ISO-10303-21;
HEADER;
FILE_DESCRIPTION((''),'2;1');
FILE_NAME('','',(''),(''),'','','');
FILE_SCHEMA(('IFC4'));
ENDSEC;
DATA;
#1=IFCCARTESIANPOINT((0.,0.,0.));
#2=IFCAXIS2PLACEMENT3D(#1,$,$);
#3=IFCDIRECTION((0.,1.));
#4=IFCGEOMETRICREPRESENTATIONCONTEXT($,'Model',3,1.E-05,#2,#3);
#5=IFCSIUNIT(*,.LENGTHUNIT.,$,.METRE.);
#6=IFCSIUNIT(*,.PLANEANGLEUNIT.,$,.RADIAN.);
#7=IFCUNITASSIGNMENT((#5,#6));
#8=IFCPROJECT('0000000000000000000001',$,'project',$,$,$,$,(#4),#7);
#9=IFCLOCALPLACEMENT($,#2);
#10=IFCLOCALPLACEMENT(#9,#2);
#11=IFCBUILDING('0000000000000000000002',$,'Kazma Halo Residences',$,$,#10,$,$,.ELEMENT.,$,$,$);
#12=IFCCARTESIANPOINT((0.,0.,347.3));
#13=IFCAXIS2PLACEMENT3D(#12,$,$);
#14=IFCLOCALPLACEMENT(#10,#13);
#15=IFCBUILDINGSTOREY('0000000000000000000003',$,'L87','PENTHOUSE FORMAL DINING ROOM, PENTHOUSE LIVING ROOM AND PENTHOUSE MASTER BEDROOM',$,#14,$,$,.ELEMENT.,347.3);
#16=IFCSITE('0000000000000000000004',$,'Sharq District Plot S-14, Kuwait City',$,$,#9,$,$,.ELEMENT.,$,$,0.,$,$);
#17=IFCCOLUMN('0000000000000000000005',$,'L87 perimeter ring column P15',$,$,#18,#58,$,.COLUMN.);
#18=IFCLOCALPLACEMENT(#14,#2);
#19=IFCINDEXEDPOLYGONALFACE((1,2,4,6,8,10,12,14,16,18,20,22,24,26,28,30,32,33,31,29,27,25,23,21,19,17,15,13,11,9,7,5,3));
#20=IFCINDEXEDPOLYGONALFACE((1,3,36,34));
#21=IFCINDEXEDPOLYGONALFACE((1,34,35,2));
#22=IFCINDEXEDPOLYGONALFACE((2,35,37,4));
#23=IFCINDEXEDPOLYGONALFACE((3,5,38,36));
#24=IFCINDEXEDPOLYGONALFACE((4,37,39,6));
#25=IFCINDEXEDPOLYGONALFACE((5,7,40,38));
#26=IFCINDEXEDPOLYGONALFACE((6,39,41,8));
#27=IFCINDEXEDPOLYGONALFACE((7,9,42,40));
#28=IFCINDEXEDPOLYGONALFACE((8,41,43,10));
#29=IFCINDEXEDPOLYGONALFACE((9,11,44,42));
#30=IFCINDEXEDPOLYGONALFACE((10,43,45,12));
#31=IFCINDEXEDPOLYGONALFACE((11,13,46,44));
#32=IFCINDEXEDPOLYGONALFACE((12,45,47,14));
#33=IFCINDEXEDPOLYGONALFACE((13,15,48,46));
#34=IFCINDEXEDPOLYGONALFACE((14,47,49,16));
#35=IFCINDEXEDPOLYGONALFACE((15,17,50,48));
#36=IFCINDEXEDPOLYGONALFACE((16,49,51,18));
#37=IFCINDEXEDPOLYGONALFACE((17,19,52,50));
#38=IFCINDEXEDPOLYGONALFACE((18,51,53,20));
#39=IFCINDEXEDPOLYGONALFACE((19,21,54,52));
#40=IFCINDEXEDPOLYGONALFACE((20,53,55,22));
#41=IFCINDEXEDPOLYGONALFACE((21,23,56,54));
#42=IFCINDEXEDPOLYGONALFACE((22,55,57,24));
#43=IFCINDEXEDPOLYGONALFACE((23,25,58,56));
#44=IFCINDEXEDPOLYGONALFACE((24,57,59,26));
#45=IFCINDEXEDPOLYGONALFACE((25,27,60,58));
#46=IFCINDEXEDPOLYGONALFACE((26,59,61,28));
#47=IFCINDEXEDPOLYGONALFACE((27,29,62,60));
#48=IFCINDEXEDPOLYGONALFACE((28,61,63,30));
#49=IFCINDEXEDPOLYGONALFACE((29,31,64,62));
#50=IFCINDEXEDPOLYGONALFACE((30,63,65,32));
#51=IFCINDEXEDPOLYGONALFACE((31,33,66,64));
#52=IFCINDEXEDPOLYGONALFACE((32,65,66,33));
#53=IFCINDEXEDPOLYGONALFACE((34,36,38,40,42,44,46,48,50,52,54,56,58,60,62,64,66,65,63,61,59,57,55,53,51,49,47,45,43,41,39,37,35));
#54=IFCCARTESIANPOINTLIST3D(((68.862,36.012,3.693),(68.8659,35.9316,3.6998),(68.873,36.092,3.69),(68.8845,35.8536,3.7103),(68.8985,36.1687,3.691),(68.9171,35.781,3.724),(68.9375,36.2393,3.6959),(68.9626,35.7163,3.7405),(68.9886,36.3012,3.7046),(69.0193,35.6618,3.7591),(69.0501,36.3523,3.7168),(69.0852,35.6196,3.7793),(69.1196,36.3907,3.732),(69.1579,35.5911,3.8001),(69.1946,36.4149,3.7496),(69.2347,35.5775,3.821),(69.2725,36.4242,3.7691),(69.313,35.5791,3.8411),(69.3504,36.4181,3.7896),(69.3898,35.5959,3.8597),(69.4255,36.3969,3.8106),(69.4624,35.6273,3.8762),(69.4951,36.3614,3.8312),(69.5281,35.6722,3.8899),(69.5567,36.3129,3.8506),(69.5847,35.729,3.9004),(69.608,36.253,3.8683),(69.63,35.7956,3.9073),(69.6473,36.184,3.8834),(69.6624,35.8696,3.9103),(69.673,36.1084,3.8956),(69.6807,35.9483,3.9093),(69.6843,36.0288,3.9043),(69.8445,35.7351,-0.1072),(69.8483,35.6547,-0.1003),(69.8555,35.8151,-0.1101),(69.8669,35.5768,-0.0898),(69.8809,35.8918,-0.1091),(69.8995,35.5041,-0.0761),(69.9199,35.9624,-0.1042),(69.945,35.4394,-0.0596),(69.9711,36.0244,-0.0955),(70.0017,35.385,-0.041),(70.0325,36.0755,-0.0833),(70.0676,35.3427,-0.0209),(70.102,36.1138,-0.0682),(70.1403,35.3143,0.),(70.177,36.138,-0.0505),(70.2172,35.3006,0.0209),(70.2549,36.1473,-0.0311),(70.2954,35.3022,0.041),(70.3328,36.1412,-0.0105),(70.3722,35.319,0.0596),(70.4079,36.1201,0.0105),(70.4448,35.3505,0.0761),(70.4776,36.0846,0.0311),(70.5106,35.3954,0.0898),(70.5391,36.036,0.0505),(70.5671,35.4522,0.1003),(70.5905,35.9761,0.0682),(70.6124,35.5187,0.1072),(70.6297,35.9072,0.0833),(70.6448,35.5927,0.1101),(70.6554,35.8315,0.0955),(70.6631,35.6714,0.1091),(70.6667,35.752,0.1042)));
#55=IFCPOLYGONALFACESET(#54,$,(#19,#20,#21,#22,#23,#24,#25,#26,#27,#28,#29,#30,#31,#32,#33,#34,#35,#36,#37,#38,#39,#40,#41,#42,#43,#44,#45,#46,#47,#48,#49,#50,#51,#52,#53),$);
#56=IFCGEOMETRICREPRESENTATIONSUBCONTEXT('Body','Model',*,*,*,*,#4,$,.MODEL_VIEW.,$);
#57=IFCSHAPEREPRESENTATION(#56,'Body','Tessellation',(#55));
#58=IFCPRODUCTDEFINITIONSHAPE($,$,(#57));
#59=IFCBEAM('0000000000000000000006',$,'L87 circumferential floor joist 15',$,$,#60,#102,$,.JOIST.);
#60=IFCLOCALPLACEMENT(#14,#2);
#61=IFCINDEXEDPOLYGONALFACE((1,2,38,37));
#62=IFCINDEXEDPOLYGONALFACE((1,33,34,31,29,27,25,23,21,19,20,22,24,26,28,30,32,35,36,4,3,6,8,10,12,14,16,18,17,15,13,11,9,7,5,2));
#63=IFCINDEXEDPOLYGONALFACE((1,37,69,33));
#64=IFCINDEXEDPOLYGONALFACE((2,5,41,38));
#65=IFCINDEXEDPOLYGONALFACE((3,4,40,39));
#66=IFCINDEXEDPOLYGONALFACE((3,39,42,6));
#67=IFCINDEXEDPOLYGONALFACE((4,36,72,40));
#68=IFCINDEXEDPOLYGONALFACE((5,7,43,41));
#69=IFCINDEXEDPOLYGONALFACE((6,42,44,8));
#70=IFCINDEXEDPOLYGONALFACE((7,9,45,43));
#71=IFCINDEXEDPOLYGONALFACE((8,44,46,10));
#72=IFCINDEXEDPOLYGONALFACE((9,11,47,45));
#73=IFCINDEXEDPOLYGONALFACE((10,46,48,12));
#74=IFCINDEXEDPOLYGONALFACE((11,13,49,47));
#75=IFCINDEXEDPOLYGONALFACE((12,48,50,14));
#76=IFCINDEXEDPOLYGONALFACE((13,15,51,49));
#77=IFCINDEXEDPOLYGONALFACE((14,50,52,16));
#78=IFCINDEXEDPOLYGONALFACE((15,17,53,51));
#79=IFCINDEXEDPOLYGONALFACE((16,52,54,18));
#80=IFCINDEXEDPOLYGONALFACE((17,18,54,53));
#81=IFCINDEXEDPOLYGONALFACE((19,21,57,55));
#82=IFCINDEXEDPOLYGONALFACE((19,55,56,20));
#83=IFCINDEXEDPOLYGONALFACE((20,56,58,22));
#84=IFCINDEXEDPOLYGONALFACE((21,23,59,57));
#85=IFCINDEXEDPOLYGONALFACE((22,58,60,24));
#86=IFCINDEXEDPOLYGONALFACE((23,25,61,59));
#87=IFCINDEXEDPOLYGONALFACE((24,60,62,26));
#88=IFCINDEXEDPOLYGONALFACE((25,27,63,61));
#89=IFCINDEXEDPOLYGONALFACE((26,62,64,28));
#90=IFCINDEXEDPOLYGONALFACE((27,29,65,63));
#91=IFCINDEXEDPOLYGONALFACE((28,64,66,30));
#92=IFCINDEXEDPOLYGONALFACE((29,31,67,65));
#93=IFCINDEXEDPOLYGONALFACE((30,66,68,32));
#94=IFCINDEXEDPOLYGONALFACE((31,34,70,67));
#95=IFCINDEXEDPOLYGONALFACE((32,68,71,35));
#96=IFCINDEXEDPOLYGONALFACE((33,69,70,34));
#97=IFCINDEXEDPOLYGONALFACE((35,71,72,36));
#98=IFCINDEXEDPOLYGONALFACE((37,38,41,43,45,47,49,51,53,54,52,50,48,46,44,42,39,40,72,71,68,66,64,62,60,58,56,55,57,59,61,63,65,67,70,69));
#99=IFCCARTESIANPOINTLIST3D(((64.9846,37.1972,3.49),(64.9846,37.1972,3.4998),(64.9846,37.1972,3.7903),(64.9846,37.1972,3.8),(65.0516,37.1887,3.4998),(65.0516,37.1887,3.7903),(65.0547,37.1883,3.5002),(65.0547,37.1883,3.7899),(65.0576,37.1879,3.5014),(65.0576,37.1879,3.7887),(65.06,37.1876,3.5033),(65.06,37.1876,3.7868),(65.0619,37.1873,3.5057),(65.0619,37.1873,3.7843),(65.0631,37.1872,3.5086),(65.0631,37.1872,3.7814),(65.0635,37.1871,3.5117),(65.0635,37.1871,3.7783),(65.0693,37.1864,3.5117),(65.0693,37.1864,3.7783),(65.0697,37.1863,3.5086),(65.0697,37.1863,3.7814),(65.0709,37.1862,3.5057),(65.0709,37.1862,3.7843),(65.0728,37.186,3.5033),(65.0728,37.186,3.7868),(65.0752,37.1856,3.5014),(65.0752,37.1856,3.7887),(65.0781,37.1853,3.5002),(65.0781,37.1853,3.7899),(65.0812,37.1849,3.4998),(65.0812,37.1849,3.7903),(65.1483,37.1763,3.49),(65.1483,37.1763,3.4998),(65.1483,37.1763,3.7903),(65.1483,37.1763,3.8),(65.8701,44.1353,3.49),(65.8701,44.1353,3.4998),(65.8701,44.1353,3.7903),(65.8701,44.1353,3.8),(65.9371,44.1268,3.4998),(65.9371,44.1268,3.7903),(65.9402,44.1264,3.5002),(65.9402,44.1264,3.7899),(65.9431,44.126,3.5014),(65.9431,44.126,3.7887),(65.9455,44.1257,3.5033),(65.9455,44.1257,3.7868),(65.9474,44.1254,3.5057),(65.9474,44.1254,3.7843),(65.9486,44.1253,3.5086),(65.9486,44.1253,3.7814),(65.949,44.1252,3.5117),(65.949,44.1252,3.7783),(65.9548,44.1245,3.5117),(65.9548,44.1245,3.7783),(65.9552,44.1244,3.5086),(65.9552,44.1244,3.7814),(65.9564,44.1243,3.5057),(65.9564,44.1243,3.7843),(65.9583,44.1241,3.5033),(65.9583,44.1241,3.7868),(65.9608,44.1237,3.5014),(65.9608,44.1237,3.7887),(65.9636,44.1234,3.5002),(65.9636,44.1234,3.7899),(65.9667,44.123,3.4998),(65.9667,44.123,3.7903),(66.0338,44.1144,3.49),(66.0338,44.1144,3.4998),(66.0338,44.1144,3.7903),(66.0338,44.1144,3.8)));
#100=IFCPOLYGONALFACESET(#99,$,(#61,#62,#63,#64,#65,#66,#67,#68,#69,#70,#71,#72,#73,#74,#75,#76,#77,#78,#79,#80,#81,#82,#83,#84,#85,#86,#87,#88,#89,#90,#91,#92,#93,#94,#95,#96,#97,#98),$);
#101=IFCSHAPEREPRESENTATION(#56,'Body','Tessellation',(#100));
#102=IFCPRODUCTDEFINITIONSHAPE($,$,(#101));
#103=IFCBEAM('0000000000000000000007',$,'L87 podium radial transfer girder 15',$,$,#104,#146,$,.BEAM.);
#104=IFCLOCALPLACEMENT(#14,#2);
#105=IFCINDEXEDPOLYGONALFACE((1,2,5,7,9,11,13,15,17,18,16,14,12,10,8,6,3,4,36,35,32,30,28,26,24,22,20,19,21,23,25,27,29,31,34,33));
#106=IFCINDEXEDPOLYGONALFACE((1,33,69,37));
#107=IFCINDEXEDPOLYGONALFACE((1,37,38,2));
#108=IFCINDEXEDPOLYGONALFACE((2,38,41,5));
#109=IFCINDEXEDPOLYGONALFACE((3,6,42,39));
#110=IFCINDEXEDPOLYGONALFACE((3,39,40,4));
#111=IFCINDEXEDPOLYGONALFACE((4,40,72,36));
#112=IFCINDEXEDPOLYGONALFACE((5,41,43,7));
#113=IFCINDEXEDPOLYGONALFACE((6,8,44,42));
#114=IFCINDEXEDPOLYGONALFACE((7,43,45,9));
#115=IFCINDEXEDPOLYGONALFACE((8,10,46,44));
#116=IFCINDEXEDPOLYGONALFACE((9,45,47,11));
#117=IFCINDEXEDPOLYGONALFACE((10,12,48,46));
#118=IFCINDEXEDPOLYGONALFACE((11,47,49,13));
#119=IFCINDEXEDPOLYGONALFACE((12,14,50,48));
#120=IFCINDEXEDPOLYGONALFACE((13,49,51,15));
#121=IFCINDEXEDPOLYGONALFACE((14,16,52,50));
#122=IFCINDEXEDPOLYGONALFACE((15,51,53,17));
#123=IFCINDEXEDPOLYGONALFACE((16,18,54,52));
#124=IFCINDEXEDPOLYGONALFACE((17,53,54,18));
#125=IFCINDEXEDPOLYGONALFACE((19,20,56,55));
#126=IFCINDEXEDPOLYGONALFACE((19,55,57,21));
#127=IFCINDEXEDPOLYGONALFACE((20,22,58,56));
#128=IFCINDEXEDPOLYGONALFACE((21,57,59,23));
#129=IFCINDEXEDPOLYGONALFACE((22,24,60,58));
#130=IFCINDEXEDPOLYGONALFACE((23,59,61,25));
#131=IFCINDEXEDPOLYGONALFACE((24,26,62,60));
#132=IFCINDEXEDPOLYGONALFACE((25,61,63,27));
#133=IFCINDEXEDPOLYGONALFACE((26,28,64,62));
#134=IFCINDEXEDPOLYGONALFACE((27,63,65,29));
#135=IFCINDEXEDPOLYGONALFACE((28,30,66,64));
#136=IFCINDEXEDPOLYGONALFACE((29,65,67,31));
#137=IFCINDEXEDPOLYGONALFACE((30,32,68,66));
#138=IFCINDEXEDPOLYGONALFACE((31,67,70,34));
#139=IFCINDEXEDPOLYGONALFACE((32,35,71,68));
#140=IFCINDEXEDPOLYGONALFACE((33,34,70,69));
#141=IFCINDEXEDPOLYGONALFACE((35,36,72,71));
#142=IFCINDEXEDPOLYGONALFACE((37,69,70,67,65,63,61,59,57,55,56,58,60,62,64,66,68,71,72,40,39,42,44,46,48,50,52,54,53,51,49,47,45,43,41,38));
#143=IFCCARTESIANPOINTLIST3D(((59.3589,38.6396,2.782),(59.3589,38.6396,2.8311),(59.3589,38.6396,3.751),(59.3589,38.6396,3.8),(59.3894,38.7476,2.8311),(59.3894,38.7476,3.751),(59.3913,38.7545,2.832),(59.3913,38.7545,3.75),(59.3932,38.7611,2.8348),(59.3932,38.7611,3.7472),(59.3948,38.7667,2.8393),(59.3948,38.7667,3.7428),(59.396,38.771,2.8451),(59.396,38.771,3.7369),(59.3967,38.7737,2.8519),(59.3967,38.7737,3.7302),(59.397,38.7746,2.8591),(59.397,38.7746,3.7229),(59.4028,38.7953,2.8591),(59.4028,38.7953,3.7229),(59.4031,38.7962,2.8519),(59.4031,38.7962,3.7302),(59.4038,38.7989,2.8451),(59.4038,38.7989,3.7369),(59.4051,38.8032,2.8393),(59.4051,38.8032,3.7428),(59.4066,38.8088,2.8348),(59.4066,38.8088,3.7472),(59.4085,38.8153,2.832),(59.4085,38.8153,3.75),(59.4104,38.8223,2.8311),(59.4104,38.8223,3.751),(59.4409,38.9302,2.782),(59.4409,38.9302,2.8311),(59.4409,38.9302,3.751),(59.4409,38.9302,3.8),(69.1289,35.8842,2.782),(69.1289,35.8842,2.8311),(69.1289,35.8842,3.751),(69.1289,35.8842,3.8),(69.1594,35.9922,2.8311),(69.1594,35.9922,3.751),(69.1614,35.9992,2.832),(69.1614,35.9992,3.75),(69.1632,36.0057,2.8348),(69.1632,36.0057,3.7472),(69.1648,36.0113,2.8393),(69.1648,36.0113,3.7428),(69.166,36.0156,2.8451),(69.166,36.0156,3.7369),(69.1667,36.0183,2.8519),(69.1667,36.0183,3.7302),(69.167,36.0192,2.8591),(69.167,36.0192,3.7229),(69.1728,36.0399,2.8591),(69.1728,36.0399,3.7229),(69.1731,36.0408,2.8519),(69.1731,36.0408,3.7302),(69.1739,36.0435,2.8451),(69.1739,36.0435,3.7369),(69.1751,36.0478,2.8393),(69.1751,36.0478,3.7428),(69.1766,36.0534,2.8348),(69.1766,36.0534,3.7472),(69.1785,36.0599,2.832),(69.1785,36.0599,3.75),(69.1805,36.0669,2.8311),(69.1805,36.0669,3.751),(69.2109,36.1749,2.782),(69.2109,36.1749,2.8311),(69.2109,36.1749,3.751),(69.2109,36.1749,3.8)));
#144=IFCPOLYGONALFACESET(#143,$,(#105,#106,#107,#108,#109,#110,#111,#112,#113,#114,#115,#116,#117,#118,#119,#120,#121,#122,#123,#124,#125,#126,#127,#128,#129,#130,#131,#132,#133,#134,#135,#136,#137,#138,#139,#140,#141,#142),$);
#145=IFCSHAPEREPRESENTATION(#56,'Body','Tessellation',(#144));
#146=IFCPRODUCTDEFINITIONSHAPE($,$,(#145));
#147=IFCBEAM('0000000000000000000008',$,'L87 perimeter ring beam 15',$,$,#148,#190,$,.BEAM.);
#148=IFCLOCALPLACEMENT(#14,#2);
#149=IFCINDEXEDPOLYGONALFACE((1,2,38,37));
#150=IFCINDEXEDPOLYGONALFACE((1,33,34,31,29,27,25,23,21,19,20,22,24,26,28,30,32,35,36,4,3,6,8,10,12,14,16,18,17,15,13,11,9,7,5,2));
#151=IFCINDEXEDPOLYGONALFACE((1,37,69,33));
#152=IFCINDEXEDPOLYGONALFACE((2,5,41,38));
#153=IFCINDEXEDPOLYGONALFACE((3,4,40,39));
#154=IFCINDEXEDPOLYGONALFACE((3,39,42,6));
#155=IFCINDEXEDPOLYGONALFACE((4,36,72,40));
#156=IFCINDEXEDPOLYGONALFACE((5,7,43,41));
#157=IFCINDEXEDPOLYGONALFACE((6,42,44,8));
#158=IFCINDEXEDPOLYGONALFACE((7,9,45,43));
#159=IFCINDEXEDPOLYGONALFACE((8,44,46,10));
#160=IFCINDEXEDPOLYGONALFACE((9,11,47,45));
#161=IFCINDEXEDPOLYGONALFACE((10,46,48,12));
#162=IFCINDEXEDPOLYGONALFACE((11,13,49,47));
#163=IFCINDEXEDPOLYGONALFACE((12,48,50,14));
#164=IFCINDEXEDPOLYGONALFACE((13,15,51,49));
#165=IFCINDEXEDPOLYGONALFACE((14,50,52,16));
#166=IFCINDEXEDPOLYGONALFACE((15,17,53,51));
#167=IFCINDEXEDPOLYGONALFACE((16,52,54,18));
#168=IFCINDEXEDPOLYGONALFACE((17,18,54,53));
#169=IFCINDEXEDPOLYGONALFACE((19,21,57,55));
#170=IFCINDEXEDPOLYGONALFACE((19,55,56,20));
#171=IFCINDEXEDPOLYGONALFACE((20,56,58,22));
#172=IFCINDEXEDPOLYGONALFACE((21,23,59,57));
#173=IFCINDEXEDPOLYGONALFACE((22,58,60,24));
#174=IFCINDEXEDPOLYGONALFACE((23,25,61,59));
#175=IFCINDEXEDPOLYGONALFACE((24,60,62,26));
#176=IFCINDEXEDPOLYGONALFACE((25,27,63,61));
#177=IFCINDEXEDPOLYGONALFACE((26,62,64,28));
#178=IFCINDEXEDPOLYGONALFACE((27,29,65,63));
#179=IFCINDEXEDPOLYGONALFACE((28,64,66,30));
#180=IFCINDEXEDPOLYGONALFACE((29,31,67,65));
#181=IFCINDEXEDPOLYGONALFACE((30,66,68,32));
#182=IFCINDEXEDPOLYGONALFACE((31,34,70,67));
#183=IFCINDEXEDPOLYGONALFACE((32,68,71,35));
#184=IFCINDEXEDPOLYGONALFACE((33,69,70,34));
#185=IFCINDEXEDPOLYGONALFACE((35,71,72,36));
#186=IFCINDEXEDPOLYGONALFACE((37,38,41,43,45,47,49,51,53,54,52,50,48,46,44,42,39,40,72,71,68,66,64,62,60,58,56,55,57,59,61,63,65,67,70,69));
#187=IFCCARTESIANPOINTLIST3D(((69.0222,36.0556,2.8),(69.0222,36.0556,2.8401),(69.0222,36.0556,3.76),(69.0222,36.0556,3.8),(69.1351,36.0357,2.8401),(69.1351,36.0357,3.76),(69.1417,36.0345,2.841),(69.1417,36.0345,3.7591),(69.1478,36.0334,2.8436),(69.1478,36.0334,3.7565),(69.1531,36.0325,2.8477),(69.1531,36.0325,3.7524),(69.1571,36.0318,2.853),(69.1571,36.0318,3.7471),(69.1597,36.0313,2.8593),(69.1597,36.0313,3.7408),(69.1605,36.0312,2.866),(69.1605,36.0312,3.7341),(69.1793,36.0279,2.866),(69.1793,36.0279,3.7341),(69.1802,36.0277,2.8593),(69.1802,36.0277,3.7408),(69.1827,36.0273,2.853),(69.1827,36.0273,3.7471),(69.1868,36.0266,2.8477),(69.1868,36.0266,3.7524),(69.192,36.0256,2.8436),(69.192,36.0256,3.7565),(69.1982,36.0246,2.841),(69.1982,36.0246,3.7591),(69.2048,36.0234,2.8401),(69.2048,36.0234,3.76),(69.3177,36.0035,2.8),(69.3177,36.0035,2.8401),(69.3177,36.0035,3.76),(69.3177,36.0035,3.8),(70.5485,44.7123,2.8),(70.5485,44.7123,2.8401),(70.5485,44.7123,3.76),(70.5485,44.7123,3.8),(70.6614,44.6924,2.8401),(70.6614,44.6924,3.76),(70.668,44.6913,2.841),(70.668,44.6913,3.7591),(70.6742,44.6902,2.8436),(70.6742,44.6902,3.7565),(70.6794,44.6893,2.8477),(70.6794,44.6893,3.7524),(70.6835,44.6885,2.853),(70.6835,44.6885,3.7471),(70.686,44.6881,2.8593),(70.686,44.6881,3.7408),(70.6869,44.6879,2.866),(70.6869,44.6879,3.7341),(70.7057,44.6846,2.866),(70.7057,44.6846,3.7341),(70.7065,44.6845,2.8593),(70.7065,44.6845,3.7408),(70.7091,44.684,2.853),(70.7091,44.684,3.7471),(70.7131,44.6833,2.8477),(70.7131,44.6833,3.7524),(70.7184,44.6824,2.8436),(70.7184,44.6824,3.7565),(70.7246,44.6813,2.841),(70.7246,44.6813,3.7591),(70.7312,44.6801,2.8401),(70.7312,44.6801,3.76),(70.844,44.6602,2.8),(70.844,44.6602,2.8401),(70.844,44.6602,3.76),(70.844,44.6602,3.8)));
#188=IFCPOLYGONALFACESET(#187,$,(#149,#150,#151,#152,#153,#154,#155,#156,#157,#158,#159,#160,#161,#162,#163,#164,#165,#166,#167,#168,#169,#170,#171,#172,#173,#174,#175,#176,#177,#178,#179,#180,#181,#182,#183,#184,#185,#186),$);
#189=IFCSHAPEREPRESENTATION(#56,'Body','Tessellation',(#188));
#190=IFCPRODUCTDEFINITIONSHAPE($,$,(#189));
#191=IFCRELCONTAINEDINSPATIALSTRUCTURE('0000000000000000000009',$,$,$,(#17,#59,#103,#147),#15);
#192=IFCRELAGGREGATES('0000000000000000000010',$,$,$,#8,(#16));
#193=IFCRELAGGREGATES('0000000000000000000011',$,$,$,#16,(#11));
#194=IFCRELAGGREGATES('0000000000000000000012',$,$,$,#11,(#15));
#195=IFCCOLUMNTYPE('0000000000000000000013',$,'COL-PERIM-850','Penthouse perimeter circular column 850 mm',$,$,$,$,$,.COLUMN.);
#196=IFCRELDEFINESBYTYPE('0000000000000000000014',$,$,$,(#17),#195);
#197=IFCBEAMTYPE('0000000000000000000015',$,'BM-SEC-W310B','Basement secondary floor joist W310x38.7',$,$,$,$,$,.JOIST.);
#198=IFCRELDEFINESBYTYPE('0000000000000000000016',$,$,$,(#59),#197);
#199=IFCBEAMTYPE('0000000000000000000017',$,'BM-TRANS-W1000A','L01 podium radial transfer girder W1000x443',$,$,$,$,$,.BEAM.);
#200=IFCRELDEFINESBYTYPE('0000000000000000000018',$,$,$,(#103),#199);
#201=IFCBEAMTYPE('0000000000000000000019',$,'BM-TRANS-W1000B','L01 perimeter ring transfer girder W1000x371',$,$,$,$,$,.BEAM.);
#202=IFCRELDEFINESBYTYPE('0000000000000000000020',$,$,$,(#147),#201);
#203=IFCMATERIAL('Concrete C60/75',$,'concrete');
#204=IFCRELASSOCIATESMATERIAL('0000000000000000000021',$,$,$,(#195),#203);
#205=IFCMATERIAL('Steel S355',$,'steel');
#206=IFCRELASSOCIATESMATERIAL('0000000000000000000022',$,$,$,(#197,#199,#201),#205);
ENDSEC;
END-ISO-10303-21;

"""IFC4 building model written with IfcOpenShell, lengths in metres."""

from ifc_helpers import new_model, si_unit, direction, frame, origin, origin_2d, place, context, subcontext, project, spatial, circle, i_section, extrude, material, material_profile, profile_set, type_object, element, save


model = new_model("IFC4")

# Units and contexts
model_context = context("Model", 3, precision=1e-05, world=origin(), true_north=direction((0.0, 1.0)))
body_context = subcontext(model_context, "Body", "Model", "MODEL_VIEW")
ifc_project = project(units=[si_unit("LENGTHUNIT", "METRE"), si_unit("PLANEANGLEUNIT", "RADIAN")], contexts=[model_context])

# Site, building, storey
site_placement = place(None, origin())
site = spatial("IfcSite", under=ifc_project, at=site_placement, Name="Sharq District Plot S-14, Kuwait City", CompositionType="ELEMENT", RefElevation=0.0)
building_placement = place(site_placement, origin())
building = spatial("IfcBuilding", under=site, at=building_placement, Name="Kazma Halo Residences", CompositionType="ELEMENT")
storey_placement = place(building_placement, frame((0.0, 0.0, 347.3)))
storey = spatial("IfcBuildingStorey", under=building, at=storey_placement, Name="L87", Description="PENTHOUSE FORMAL DINING ROOM, PENTHOUSE LIVING ROOM AND PENTHOUSE MASTER BEDROOM", CompositionType="ELEMENT", Elevation=347.3)

# Column
ifc_material_1 = material(Name="Concrete C60/75", Category="concrete")
ifc_material_profile_1 = material_profile(ifc_material_1, circle(Radius=0.425, at=origin_2d()), Name="CIRC850")
ifc_profile_set_1 = profile_set([ifc_material_profile_1], Name="Concrete C60/75")
column_type = type_object("IfcColumnType", Name="COL-PERIM-850", Description="Penthouse perimeter circular column 850 mm", PredefinedType="COLUMN", material=ifc_profile_set_1)
column_placement = place(storey_placement, frame((70.2556, 35.7234, 0.0), z_axis=(-0.249679, 0.070362, 0.965769), x_axis=(-0.271244, -0.962511, 0.0)))
element("IfcColumn", 1, at=column_placement, inside=storey, type_object=column_type, Name="L87 perimeter ring column P15", PredefinedType="COLUMN", context=body_context, shape_type="SweptSolid", body=[
    extrude(circle(Radius=0.425, at=origin_2d()), origin(), (0.0, 0.0, 1.0), 3.9348),
])

# Beams
ifc_material_2 = material(Name="Steel S355", Category="steel")
ifc_material_profile_2 = material_profile(ifc_material_2, i_section(OverallWidth=0.165, OverallDepth=0.3101, WebThickness=0.0059, FlangeThickness=0.0098, FilletRadius=0.012, at=origin_2d()), Name="W310x38.7")
ifc_profile_set_2 = profile_set([ifc_material_profile_2], Name="Steel S355")
beam_type_1 = type_object("IfcBeamType", Name="BM-SEC-W310B", Description="Basement secondary floor joist W310x38.7", PredefinedType="JOIST", material=ifc_profile_set_2)
beam_1_placement = place(storey_placement, frame((65.0664, 37.1868, 3.645), z_axis=(0.126603, 0.991953, 0.0), x_axis=(-0.991953, 0.126603, 0.0)))
element("IfcBeam", 2, at=beam_1_placement, inside=storey, type_object=beam_type_1, Name="L87 circumferential floor joist 15", PredefinedType="JOIST", context=body_context, shape_type="SweptSolid", body=[
    extrude(i_section(OverallWidth=0.165, OverallDepth=0.3101, WebThickness=0.0059, FlangeThickness=0.0098, FilletRadius=0.012, at=origin_2d()), origin(), (0.0, 0.0, 1.0), 6.9944),
])
ifc_material_profile_3 = material_profile(ifc_material_2, i_section(OverallWidth=0.302, OverallDepth=1.0181, WebThickness=0.0215, FlangeThickness=0.0491, FilletRadius=0.0281, at=origin_2d()), Name="W1000x443")
ifc_profile_set_3 = profile_set([ifc_material_profile_3], Name="Steel S355")
beam_type_2 = type_object("IfcBeamType", Name="BM-TRANS-W1000A", Description="L01 podium radial transfer girder W1000x443", PredefinedType="BEAM", material=ifc_profile_set_3)
beam_2_placement = place(storey_placement, frame((59.3999, 38.7849, 3.291), z_axis=(0.962457, -0.271435, 0.0), x_axis=(0.271435, 0.962457, 0.0)))
element("IfcBeam", 3, at=beam_2_placement, inside=storey, type_object=beam_type_2, Name="L87 podium radial transfer girder 15", PredefinedType="BEAM", context=body_context, shape_type="SweptSolid", body=[
    extrude(i_section(OverallWidth=0.302, OverallDepth=1.0181, WebThickness=0.0215, FlangeThickness=0.0491, FilletRadius=0.0281, at=origin_2d()), origin(), (0.0, 0.0, 1.0), 10.1511),
])
ifc_material_profile_4 = material_profile(ifc_material_2, i_section(OverallWidth=0.3, OverallDepth=1.0, WebThickness=0.019, FlangeThickness=0.04, FilletRadius=0.0259, at=origin_2d()), Name="W1000x371")
ifc_profile_set_4 = profile_set([ifc_material_profile_4], Name="Steel S355")
beam_type_3 = type_object("IfcBeamType", Name="BM-TRANS-W1000B", Description="L01 perimeter ring transfer girder W1000x371", PredefinedType="BEAM", material=ifc_profile_set_4)
beam_3_placement = place(storey_placement, frame((69.1699, 36.0295, 3.3), z_axis=(0.173643, 0.984809, 0.0), x_axis=(-0.984809, 0.173643, 0.0)))
element("IfcBeam", 4, at=beam_3_placement, inside=storey, type_object=beam_type_3, Name="L87 perimeter ring beam 15", PredefinedType="BEAM", context=body_context, shape_type="SweptSolid", body=[
    extrude(i_section(OverallWidth=0.3, OverallDepth=1.0, WebThickness=0.019, FlangeThickness=0.04, FilletRadius=0.0259, at=origin_2d()), origin(), (0.0, 0.0, 1.0), 8.7903),
])

save(model, "model.ifc")
